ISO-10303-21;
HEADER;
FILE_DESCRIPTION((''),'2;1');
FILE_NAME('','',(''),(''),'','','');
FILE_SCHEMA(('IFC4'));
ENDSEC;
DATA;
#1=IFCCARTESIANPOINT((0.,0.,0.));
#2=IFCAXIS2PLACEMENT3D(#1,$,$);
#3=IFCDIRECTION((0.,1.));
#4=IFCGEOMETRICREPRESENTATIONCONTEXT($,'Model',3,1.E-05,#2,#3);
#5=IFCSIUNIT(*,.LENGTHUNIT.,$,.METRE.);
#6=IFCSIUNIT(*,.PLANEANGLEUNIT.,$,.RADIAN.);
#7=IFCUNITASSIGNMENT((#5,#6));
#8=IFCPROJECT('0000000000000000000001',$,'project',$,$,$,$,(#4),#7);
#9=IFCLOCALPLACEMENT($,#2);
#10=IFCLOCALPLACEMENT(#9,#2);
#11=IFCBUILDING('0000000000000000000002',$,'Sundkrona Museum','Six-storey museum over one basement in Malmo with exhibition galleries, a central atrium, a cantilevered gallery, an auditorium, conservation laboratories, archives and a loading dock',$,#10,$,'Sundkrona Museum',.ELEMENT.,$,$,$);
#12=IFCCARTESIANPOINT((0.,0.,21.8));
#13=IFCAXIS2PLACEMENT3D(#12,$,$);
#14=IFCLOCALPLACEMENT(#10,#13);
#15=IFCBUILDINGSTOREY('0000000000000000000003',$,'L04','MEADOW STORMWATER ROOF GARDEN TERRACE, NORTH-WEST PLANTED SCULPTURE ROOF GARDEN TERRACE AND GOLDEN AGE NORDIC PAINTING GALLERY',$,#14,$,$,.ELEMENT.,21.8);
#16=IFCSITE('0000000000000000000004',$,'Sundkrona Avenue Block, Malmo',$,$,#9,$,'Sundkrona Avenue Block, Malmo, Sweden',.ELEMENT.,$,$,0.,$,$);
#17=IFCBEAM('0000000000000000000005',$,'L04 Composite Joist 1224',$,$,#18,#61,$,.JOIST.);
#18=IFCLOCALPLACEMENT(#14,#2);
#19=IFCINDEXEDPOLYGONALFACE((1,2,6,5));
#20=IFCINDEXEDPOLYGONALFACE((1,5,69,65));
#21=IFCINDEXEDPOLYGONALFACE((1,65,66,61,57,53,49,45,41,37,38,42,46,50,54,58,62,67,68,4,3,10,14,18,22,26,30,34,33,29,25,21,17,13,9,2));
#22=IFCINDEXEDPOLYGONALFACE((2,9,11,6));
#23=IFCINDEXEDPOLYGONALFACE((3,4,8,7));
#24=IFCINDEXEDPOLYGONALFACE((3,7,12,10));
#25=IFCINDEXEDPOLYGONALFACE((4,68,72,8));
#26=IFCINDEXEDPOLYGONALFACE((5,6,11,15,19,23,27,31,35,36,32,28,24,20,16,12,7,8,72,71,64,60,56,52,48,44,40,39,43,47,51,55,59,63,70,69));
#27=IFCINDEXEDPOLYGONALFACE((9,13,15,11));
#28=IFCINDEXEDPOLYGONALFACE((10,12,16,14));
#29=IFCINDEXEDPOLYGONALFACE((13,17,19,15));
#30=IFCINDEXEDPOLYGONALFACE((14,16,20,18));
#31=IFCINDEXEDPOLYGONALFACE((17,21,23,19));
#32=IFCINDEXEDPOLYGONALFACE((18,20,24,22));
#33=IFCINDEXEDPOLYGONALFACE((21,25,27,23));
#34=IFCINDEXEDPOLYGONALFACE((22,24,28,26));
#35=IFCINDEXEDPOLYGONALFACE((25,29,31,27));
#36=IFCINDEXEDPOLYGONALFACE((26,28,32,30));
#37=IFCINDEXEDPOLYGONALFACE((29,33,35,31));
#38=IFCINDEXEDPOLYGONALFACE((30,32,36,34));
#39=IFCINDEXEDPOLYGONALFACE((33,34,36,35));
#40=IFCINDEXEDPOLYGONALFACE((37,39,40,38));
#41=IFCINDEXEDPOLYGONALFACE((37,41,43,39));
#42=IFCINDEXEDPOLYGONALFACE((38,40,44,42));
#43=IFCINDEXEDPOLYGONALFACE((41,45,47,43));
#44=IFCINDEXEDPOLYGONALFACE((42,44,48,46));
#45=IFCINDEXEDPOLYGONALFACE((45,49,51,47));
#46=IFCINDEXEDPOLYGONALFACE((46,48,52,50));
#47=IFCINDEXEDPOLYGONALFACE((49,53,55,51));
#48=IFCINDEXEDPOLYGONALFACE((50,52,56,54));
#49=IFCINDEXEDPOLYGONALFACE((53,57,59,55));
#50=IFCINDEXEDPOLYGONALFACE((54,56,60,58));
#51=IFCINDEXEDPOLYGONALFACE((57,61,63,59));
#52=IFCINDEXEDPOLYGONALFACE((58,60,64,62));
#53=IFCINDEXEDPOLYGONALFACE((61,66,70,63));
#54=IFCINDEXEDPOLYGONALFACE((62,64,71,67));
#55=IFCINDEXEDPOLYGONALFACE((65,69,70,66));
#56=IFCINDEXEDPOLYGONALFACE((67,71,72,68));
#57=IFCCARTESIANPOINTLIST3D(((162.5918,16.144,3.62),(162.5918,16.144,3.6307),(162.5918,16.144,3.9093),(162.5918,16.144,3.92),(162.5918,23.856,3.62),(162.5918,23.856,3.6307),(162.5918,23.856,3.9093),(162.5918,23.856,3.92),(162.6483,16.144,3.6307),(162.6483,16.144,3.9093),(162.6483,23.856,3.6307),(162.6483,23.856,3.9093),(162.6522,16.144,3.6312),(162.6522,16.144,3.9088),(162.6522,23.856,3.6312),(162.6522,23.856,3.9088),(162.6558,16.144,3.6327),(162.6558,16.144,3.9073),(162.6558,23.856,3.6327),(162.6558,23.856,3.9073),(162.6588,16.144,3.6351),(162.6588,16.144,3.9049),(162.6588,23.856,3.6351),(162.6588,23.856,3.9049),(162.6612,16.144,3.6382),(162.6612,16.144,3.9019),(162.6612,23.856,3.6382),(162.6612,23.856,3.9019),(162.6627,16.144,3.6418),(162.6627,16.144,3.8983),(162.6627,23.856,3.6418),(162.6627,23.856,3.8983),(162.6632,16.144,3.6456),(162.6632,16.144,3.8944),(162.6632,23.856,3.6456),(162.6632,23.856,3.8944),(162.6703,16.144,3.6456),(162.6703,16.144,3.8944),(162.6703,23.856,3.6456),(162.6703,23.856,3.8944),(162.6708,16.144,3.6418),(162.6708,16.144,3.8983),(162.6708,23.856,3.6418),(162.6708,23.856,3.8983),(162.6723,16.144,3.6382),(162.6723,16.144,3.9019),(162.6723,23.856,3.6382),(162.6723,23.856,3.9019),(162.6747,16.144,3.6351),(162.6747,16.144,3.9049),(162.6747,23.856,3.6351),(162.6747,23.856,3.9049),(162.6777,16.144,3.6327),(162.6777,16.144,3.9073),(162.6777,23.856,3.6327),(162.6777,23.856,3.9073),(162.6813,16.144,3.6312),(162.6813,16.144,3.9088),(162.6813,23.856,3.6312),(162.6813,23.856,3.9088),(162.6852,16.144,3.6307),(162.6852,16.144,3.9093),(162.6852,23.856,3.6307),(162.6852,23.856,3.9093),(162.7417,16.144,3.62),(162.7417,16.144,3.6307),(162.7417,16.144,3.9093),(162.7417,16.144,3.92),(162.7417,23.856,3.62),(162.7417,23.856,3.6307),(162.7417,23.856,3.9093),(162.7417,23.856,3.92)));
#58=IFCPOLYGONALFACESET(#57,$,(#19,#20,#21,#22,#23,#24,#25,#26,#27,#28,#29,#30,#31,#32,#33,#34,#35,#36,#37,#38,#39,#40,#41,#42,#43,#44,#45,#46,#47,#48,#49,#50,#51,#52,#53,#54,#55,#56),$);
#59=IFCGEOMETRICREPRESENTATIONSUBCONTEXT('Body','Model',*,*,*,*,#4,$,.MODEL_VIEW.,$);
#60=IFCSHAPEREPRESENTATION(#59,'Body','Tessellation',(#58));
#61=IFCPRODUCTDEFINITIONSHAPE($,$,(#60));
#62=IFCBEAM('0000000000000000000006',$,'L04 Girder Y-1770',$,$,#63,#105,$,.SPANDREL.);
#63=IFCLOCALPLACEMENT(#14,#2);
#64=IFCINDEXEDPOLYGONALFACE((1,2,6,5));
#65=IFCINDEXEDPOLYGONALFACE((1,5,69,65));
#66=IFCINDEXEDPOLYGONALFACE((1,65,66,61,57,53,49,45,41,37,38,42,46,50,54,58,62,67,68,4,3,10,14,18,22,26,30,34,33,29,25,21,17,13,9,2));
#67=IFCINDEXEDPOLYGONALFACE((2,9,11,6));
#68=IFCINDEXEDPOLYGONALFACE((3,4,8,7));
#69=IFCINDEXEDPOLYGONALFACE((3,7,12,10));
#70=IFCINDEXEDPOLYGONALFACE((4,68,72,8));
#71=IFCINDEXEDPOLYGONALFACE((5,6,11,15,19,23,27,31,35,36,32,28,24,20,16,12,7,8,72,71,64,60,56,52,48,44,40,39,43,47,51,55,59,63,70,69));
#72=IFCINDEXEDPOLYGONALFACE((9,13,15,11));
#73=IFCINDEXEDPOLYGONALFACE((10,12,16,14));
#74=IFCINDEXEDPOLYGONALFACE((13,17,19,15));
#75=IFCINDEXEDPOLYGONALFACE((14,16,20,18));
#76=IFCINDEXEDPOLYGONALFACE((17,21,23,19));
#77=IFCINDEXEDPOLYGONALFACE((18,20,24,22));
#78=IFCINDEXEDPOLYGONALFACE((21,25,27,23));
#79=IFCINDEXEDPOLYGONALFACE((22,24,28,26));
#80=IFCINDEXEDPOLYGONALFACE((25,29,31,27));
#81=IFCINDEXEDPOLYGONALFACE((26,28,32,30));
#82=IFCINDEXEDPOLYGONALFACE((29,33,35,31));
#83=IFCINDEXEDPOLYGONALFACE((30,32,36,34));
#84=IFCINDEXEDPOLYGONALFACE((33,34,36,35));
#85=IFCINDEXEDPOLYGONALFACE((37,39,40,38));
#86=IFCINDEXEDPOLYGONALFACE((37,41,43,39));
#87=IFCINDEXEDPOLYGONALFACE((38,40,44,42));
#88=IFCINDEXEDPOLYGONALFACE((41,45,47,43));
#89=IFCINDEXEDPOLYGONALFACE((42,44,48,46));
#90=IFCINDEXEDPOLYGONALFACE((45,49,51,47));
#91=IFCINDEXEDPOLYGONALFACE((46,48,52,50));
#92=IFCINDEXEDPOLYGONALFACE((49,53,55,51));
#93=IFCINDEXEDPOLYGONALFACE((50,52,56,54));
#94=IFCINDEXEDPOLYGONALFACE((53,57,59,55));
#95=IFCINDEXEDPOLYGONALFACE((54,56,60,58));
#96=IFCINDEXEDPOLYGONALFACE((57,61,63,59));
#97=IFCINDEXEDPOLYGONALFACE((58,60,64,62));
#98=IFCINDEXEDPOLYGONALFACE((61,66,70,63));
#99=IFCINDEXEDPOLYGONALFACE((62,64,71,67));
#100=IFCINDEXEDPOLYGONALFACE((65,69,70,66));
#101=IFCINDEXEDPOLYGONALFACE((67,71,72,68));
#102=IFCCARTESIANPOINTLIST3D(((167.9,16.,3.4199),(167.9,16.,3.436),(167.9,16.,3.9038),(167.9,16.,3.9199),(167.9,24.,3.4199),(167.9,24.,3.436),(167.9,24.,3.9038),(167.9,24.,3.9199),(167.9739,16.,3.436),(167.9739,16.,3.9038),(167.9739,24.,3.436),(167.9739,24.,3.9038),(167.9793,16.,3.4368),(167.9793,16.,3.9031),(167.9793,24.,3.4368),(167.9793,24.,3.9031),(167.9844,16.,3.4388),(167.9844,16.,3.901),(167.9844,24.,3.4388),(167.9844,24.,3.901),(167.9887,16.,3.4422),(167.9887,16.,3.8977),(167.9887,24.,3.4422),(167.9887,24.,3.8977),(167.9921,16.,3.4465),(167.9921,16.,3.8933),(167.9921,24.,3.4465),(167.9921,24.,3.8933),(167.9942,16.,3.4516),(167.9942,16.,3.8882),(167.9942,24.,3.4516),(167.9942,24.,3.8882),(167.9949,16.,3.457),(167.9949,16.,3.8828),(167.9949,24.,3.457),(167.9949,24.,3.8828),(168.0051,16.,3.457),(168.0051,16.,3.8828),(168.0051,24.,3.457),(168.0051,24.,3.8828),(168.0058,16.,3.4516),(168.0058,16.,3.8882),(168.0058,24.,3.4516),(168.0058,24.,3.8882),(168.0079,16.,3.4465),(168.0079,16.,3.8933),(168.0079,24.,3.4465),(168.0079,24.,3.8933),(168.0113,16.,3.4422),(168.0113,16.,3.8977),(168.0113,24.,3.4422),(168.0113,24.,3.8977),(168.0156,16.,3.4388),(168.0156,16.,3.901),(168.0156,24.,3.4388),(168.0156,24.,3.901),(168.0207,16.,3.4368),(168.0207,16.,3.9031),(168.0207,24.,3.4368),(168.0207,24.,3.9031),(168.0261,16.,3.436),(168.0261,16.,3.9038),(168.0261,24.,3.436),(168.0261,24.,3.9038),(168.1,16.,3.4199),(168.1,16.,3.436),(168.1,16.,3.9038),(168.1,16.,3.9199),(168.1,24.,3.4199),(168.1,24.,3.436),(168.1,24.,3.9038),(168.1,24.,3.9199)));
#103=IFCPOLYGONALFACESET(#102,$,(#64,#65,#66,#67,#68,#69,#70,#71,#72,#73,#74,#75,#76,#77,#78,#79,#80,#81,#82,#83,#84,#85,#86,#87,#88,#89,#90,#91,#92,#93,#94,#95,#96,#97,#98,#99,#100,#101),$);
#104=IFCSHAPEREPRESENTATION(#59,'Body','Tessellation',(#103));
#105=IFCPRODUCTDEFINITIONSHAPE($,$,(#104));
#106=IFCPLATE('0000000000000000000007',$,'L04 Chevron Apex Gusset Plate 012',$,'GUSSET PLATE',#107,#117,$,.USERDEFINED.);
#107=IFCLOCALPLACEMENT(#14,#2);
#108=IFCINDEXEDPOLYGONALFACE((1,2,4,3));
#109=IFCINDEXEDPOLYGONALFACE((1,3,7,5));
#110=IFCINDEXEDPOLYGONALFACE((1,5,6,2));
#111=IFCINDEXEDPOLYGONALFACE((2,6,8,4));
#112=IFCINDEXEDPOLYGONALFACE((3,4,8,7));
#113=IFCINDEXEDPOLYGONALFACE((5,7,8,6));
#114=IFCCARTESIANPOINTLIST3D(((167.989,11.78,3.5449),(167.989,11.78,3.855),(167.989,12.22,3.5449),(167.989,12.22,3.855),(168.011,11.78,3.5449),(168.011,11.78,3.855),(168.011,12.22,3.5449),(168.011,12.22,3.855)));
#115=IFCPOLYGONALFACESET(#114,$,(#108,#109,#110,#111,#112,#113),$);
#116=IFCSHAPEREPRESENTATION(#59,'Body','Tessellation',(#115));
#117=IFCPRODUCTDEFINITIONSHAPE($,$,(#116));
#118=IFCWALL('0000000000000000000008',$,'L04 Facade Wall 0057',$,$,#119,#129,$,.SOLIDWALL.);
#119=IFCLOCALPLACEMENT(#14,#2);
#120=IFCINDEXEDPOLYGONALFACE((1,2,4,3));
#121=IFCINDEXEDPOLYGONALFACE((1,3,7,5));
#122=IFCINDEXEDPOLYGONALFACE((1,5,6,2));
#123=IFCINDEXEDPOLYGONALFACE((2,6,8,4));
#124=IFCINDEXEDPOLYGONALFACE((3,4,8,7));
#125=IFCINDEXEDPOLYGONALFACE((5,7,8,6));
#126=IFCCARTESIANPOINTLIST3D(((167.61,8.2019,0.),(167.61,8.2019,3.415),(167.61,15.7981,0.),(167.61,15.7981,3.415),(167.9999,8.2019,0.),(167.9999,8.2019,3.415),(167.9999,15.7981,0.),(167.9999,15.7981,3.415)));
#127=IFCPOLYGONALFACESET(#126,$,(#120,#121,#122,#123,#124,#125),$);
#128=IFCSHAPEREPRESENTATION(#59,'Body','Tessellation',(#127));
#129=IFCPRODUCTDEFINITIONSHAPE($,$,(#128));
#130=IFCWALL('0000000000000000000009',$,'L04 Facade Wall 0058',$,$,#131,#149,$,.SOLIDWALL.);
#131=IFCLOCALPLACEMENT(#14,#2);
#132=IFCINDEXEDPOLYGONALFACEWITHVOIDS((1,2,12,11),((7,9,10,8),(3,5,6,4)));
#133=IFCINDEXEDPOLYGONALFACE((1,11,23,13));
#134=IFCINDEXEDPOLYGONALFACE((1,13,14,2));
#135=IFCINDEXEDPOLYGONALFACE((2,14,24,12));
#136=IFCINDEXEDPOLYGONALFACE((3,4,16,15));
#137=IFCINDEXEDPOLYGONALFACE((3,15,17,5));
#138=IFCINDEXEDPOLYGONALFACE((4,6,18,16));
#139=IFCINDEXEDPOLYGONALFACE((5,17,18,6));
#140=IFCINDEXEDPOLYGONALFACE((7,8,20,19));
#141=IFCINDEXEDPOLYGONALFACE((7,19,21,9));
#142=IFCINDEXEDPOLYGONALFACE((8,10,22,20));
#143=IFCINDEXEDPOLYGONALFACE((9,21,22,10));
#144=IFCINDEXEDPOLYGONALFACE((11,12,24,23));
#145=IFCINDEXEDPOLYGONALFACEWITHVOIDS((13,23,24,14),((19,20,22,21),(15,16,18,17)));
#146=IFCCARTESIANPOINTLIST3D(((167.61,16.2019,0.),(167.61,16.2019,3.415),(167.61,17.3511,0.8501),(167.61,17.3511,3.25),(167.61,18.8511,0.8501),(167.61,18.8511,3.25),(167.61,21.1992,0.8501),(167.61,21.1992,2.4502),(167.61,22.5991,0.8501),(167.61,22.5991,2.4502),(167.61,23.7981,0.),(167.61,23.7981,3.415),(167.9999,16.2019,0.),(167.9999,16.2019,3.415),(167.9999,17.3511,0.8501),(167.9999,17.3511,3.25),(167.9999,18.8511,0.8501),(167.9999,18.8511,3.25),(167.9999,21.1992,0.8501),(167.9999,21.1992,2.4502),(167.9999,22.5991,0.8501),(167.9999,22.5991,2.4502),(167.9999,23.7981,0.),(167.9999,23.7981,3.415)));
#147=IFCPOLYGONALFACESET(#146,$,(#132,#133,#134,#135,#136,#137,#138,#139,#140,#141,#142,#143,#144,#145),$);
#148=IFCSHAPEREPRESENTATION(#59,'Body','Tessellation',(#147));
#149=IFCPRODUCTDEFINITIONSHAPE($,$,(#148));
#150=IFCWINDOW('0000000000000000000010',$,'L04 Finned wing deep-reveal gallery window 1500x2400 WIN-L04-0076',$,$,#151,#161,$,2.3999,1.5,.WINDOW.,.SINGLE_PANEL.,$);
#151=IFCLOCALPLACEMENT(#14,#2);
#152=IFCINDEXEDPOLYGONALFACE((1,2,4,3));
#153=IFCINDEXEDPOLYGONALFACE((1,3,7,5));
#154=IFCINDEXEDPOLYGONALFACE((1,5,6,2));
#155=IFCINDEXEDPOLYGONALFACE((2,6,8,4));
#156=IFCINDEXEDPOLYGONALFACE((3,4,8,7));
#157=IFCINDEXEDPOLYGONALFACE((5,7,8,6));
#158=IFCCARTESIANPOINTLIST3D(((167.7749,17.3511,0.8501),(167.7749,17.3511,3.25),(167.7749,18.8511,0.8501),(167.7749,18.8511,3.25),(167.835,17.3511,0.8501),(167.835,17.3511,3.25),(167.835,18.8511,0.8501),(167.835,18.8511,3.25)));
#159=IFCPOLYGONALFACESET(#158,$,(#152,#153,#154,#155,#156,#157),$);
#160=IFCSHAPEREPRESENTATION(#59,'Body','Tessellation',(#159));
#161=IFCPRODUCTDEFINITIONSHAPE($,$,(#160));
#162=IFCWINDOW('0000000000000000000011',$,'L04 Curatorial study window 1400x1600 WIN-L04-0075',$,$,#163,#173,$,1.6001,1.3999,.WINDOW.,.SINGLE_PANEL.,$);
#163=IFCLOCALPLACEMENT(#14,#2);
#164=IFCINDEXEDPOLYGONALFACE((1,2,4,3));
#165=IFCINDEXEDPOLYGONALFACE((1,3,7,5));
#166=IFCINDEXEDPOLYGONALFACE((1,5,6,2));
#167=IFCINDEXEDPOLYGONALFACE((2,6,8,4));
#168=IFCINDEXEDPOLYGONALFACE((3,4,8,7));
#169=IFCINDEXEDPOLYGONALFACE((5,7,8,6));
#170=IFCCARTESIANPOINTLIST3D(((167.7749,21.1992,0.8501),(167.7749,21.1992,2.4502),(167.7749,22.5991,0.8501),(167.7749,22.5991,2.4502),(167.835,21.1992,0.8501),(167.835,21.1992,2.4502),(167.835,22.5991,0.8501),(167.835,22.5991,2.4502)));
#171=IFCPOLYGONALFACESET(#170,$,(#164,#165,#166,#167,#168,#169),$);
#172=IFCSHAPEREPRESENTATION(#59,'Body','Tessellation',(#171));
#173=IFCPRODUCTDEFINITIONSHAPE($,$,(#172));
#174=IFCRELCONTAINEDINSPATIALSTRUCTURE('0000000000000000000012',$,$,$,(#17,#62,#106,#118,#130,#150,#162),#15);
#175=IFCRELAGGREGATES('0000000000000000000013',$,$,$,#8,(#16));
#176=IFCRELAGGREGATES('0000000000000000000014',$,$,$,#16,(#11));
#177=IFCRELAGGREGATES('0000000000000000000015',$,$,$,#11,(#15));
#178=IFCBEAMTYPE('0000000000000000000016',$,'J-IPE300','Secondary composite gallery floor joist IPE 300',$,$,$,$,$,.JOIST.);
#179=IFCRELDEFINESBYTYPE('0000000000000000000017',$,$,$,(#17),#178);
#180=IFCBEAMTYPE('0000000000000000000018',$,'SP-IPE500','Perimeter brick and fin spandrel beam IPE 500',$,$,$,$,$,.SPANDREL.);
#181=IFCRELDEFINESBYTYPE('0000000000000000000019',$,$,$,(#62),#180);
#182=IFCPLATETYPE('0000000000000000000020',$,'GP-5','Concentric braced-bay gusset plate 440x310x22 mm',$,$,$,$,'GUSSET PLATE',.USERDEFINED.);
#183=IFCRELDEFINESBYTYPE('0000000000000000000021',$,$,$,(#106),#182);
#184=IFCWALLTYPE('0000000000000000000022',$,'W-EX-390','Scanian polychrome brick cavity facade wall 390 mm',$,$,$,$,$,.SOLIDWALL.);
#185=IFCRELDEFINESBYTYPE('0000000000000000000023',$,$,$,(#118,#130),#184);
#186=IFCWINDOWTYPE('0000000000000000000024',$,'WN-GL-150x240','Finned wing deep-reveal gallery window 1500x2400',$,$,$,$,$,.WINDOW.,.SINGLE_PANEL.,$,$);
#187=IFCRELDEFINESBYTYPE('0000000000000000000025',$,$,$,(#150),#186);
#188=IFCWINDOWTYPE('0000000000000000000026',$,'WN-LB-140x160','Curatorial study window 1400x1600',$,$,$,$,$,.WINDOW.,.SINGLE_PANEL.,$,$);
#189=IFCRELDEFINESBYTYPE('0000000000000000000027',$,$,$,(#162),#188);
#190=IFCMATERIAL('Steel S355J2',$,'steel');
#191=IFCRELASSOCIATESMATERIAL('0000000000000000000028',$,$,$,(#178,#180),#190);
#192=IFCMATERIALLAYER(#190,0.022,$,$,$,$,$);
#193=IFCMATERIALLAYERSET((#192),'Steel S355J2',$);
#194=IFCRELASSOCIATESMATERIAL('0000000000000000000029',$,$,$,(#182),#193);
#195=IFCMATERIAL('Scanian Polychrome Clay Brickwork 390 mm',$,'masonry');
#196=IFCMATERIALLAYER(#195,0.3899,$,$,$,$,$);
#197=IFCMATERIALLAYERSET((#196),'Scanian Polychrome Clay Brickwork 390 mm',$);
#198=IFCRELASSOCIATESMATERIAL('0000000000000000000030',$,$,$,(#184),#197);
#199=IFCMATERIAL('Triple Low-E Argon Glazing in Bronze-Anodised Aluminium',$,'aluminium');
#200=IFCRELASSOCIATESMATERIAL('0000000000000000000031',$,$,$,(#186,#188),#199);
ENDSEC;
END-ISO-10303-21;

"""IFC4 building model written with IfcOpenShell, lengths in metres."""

from ifc_helpers import new_model, si_unit, direction, frame, frame_2d, origin, origin_2d, place, context, subcontext, project, spatial, rectangle, i_section, extrude, material, layer, layer_set, material_profile, profile_set, type_object, element, fill, save


model = new_model("IFC4")

# Units and contexts
model_context = context("Model", 3, precision=1e-05, world=origin(), true_north=direction((0.0, 1.0)))
body_context = subcontext(model_context, "Body", "Model", "MODEL_VIEW")
ifc_project = project(units=[si_unit("LENGTHUNIT", "METRE"), si_unit("PLANEANGLEUNIT", "RADIAN")], contexts=[model_context])

# Site, building, storey
site_placement = place(None, origin())
site = spatial("IfcSite", under=ifc_project, at=site_placement, Name="Sundkrona Avenue Block, Malmo", LongName="Sundkrona Avenue Block, Malmo, Sweden", CompositionType="ELEMENT", RefElevation=0.0)
building_placement = place(site_placement, origin())
building = spatial("IfcBuilding", under=site, at=building_placement, Name="Sundkrona Museum", Description="Six-storey museum over one basement in Malmo with exhibition galleries, a central atrium, a cantilevered gallery, an auditorium, conservation laboratories, archives and a loading dock", LongName="Sundkrona Museum", CompositionType="ELEMENT")
storey_placement = place(building_placement, frame((0.0, 0.0, 21.8)))
storey = spatial("IfcBuildingStorey", under=building, at=storey_placement, Name="L04", Description="MEADOW STORMWATER ROOF GARDEN TERRACE, NORTH-WEST PLANTED SCULPTURE ROOF GARDEN TERRACE AND GOLDEN AGE NORDIC PAINTING GALLERY", CompositionType="ELEMENT", Elevation=21.8)

# Shared definitions
ifc_material_1 = material(Name="Steel S355J2", Category="steel")

# Beams
ifc_material_profile_1 = material_profile(ifc_material_1, i_section(OverallWidth=0.1499, OverallDepth=0.3, WebThickness=0.0071, FlangeThickness=0.0107, FilletRadius=0.0149, at=origin_2d()), Name="IPE 300")
ifc_profile_set_1 = profile_set([ifc_material_profile_1], Name="Steel S355J2")
beam_type_1 = type_object("IfcBeamType", Name="J-IPE300", Description="Secondary composite gallery floor joist IPE 300", PredefinedType="JOIST", material=ifc_profile_set_1)
for number, where, z_axis, x_axis, name in (
    (1, (162.6667, 16.144, 3.77), (0.0, 1.0, 0.0), (-1.0, 0.0, 0.0), "L04 Composite Joist 1224"),
):
    element("IfcBeam", number, at=place(storey_placement, frame(where, z_axis=z_axis, x_axis=x_axis)), inside=storey, type_object=beam_type_1, Name=name, PredefinedType="JOIST", context=body_context, shape_type="SweptSolid", body=[
        extrude(i_section(OverallWidth=0.1499, OverallDepth=0.3, WebThickness=0.0071, FlangeThickness=0.0107, FilletRadius=0.0149, at=origin_2d()), origin(), (0.0, 0.0, 1.0), 7.7119),
    ])
ifc_material_profile_2 = material_profile(ifc_material_1, i_section(OverallWidth=0.2, OverallDepth=0.5, WebThickness=0.0103, FlangeThickness=0.0161, FilletRadius=0.021, at=origin_2d()), Name="IPE 500")
ifc_profile_set_2 = profile_set([ifc_material_profile_2], Name="Steel S355J2")
beam_type_2 = type_object("IfcBeamType", Name="SP-IPE500", Description="Perimeter brick and fin spandrel beam IPE 500", PredefinedType="SPANDREL", material=ifc_profile_set_2)
beam_1_placement = place(storey_placement, frame((168.0, 16.0, 3.6699), z_axis=(0.0, 1.0, 0.0), x_axis=(-1.0, 0.0, 0.0)))
element("IfcBeam", 2, at=beam_1_placement, inside=storey, type_object=beam_type_2, Name="L04 Girder Y-1770", PredefinedType="SPANDREL", context=body_context, shape_type="SweptSolid", body=[
    extrude(i_section(OverallWidth=0.2, OverallDepth=0.5, WebThickness=0.0103, FlangeThickness=0.0161, FilletRadius=0.021, at=origin_2d()), origin(), (0.0, 0.0, 1.0), 8.0),
])

# Plate
ifc_layer_1 = layer(ifc_material_1, 0.022)
ifc_layer_set_1 = layer_set([ifc_layer_1], Name="Steel S355J2")
plate_type = type_object("IfcPlateType", Name="GP-5", Description="Concentric braced-bay gusset plate 440x310x22 mm", ElementType="GUSSET PLATE", PredefinedType="USERDEFINED", material=ifc_layer_set_1)
plate_placement = place(storey_placement, frame((168.0, 12.0, 3.5449), z_axis=(0.0, 0.0, 1.0), x_axis=(0.0, 1.0, 0.0)))
element("IfcPlate", 3, at=plate_placement, inside=storey, type_object=plate_type, Name="L04 Chevron Apex Gusset Plate 012", ObjectType="GUSSET PLATE", PredefinedType="USERDEFINED", context=body_context, shape_type="SweptSolid", body=[
    extrude(rectangle(XDim=0.4399, YDim=0.022, at=origin_2d()), origin(), (0.0, 0.0, 1.0), 0.3101),
])

# Wall
ifc_material_2 = material(Name="Scanian Polychrome Clay Brickwork 390 mm", Category="masonry")
ifc_layer_2 = layer(ifc_material_2, 0.3899)
ifc_layer_set_2 = layer_set([ifc_layer_2], Name="Scanian Polychrome Clay Brickwork 390 mm")
wall_type = type_object("IfcWallType", Name="W-EX-390", Description="Scanian polychrome brick cavity facade wall 390 mm", PredefinedType="SOLIDWALL", material=ifc_layer_set_2)
wall_1_placement = place(storey_placement, frame((167.8049, 15.7981, 0.0), z_axis=(0.0, 0.0, 1.0), x_axis=(0.0, -1.0, 0.0)))
element("IfcWall", 4, at=wall_1_placement, inside=storey, type_object=wall_type, Name="L04 Facade Wall 0057", PredefinedType="SOLIDWALL", context=body_context, shape_type="SweptSolid", body=[
    extrude(rectangle(XDim=7.5962, YDim=0.3899, at=frame_2d((3.7981, 0.0))), origin(), (0.0, 0.0, 1.0), 3.415),
])

# Wall, openings, windows
wall_2_placement = place(storey_placement, frame((167.8049, 23.7981, 0.0), z_axis=(0.0, 0.0, 1.0), x_axis=(0.0, -1.0, 0.0)))
wall_2 = element("IfcWall", 5, at=wall_2_placement, inside=storey, type_object=wall_type, Name="L04 Facade Wall 0058", PredefinedType="SOLIDWALL", context=body_context, shape_type="SweptSolid", body=[
    extrude(rectangle(XDim=7.5962, YDim=0.3899, at=frame_2d((3.7981, 0.0))), origin(), (0.0, 0.0, 1.0), 3.415),
])
opening_1_placement = place(wall_2_placement, frame((1.199, 0.0, 0.8501)))
opening_1 = element("IfcOpeningElement", 6, at=opening_1_placement, cuts=wall_2, PredefinedType="OPENING", context=body_context, shape_type="SweptSolid", body=[
    extrude(rectangle(XDim=1.3999, YDim=1.6001, at=frame_2d((0.7, 0.8))), frame((0.0, 0.2048, 0.0), z_axis=(0.0, -1.0, 0.0), x_axis=(1.0, 0.0, 0.0)), (0.0, 0.0, 1.0), 0.4099),
])
opening_2_placement = place(wall_2_placement, frame((4.947, 0.0, 0.8501)))
opening_2 = element("IfcOpeningElement", 7, at=opening_2_placement, cuts=wall_2, PredefinedType="OPENING", context=body_context, shape_type="SweptSolid", body=[
    extrude(rectangle(XDim=1.5, YDim=2.3999, at=frame_2d((0.75, 1.2))), frame((0.0, 0.2048, 0.0), z_axis=(0.0, -1.0, 0.0), x_axis=(1.0, 0.0, 0.0)), (0.0, 0.0, 1.0), 0.4099),
])
ifc_material_3 = material(Name="Triple Low-E Argon Glazing in Bronze-Anodised Aluminium", Category="aluminium")
window_type_1 = type_object("IfcWindowType", Name="WN-GL-150x240", Description="Finned wing deep-reveal gallery window 1500x2400", PartitioningType="SINGLE_PANEL", PredefinedType="WINDOW", material=ifc_material_3)
window_1_placement = place(opening_2_placement, origin())
window_1 = element("IfcWindow", 8, at=window_1_placement, inside=storey, type_object=window_type_1, Name="L04 Finned wing deep-reveal gallery window 1500x2400 WIN-L04-0076", OverallHeight=2.3999, OverallWidth=1.5, PartitioningType="SINGLE_PANEL", PredefinedType="WINDOW", context=body_context, shape_type="SweptSolid", body=[
    extrude(rectangle(XDim=1.5, YDim=2.3999, at=frame_2d((0.75, 1.2))), frame((0.0, 0.03, 0.0), z_axis=(0.0, -1.0, 0.0), x_axis=(1.0, 0.0, 0.0)), (0.0, 0.0, 1.0), 0.0601),
])
fill(opening_2, window_1)
window_type_2 = type_object("IfcWindowType", Name="WN-LB-140x160", Description="Curatorial study window 1400x1600", PartitioningType="SINGLE_PANEL", PredefinedType="WINDOW", material=ifc_material_3)
window_2_placement = place(opening_1_placement, origin())
window_2 = element("IfcWindow", 9, at=window_2_placement, inside=storey, type_object=window_type_2, Name="L04 Curatorial study window 1400x1600 WIN-L04-0075", OverallHeight=1.6001, OverallWidth=1.3999, PartitioningType="SINGLE_PANEL", PredefinedType="WINDOW", context=body_context, shape_type="SweptSolid", body=[
    extrude(rectangle(XDim=1.3999, YDim=1.6001, at=frame_2d((0.7, 0.8))), frame((0.0, 0.03, 0.0), z_axis=(0.0, -1.0, 0.0), x_axis=(1.0, 0.0, 0.0)), (0.0, 0.0, 1.0), 0.0601),
])
fill(opening_1, window_2)

save(model, "model.ifc")
